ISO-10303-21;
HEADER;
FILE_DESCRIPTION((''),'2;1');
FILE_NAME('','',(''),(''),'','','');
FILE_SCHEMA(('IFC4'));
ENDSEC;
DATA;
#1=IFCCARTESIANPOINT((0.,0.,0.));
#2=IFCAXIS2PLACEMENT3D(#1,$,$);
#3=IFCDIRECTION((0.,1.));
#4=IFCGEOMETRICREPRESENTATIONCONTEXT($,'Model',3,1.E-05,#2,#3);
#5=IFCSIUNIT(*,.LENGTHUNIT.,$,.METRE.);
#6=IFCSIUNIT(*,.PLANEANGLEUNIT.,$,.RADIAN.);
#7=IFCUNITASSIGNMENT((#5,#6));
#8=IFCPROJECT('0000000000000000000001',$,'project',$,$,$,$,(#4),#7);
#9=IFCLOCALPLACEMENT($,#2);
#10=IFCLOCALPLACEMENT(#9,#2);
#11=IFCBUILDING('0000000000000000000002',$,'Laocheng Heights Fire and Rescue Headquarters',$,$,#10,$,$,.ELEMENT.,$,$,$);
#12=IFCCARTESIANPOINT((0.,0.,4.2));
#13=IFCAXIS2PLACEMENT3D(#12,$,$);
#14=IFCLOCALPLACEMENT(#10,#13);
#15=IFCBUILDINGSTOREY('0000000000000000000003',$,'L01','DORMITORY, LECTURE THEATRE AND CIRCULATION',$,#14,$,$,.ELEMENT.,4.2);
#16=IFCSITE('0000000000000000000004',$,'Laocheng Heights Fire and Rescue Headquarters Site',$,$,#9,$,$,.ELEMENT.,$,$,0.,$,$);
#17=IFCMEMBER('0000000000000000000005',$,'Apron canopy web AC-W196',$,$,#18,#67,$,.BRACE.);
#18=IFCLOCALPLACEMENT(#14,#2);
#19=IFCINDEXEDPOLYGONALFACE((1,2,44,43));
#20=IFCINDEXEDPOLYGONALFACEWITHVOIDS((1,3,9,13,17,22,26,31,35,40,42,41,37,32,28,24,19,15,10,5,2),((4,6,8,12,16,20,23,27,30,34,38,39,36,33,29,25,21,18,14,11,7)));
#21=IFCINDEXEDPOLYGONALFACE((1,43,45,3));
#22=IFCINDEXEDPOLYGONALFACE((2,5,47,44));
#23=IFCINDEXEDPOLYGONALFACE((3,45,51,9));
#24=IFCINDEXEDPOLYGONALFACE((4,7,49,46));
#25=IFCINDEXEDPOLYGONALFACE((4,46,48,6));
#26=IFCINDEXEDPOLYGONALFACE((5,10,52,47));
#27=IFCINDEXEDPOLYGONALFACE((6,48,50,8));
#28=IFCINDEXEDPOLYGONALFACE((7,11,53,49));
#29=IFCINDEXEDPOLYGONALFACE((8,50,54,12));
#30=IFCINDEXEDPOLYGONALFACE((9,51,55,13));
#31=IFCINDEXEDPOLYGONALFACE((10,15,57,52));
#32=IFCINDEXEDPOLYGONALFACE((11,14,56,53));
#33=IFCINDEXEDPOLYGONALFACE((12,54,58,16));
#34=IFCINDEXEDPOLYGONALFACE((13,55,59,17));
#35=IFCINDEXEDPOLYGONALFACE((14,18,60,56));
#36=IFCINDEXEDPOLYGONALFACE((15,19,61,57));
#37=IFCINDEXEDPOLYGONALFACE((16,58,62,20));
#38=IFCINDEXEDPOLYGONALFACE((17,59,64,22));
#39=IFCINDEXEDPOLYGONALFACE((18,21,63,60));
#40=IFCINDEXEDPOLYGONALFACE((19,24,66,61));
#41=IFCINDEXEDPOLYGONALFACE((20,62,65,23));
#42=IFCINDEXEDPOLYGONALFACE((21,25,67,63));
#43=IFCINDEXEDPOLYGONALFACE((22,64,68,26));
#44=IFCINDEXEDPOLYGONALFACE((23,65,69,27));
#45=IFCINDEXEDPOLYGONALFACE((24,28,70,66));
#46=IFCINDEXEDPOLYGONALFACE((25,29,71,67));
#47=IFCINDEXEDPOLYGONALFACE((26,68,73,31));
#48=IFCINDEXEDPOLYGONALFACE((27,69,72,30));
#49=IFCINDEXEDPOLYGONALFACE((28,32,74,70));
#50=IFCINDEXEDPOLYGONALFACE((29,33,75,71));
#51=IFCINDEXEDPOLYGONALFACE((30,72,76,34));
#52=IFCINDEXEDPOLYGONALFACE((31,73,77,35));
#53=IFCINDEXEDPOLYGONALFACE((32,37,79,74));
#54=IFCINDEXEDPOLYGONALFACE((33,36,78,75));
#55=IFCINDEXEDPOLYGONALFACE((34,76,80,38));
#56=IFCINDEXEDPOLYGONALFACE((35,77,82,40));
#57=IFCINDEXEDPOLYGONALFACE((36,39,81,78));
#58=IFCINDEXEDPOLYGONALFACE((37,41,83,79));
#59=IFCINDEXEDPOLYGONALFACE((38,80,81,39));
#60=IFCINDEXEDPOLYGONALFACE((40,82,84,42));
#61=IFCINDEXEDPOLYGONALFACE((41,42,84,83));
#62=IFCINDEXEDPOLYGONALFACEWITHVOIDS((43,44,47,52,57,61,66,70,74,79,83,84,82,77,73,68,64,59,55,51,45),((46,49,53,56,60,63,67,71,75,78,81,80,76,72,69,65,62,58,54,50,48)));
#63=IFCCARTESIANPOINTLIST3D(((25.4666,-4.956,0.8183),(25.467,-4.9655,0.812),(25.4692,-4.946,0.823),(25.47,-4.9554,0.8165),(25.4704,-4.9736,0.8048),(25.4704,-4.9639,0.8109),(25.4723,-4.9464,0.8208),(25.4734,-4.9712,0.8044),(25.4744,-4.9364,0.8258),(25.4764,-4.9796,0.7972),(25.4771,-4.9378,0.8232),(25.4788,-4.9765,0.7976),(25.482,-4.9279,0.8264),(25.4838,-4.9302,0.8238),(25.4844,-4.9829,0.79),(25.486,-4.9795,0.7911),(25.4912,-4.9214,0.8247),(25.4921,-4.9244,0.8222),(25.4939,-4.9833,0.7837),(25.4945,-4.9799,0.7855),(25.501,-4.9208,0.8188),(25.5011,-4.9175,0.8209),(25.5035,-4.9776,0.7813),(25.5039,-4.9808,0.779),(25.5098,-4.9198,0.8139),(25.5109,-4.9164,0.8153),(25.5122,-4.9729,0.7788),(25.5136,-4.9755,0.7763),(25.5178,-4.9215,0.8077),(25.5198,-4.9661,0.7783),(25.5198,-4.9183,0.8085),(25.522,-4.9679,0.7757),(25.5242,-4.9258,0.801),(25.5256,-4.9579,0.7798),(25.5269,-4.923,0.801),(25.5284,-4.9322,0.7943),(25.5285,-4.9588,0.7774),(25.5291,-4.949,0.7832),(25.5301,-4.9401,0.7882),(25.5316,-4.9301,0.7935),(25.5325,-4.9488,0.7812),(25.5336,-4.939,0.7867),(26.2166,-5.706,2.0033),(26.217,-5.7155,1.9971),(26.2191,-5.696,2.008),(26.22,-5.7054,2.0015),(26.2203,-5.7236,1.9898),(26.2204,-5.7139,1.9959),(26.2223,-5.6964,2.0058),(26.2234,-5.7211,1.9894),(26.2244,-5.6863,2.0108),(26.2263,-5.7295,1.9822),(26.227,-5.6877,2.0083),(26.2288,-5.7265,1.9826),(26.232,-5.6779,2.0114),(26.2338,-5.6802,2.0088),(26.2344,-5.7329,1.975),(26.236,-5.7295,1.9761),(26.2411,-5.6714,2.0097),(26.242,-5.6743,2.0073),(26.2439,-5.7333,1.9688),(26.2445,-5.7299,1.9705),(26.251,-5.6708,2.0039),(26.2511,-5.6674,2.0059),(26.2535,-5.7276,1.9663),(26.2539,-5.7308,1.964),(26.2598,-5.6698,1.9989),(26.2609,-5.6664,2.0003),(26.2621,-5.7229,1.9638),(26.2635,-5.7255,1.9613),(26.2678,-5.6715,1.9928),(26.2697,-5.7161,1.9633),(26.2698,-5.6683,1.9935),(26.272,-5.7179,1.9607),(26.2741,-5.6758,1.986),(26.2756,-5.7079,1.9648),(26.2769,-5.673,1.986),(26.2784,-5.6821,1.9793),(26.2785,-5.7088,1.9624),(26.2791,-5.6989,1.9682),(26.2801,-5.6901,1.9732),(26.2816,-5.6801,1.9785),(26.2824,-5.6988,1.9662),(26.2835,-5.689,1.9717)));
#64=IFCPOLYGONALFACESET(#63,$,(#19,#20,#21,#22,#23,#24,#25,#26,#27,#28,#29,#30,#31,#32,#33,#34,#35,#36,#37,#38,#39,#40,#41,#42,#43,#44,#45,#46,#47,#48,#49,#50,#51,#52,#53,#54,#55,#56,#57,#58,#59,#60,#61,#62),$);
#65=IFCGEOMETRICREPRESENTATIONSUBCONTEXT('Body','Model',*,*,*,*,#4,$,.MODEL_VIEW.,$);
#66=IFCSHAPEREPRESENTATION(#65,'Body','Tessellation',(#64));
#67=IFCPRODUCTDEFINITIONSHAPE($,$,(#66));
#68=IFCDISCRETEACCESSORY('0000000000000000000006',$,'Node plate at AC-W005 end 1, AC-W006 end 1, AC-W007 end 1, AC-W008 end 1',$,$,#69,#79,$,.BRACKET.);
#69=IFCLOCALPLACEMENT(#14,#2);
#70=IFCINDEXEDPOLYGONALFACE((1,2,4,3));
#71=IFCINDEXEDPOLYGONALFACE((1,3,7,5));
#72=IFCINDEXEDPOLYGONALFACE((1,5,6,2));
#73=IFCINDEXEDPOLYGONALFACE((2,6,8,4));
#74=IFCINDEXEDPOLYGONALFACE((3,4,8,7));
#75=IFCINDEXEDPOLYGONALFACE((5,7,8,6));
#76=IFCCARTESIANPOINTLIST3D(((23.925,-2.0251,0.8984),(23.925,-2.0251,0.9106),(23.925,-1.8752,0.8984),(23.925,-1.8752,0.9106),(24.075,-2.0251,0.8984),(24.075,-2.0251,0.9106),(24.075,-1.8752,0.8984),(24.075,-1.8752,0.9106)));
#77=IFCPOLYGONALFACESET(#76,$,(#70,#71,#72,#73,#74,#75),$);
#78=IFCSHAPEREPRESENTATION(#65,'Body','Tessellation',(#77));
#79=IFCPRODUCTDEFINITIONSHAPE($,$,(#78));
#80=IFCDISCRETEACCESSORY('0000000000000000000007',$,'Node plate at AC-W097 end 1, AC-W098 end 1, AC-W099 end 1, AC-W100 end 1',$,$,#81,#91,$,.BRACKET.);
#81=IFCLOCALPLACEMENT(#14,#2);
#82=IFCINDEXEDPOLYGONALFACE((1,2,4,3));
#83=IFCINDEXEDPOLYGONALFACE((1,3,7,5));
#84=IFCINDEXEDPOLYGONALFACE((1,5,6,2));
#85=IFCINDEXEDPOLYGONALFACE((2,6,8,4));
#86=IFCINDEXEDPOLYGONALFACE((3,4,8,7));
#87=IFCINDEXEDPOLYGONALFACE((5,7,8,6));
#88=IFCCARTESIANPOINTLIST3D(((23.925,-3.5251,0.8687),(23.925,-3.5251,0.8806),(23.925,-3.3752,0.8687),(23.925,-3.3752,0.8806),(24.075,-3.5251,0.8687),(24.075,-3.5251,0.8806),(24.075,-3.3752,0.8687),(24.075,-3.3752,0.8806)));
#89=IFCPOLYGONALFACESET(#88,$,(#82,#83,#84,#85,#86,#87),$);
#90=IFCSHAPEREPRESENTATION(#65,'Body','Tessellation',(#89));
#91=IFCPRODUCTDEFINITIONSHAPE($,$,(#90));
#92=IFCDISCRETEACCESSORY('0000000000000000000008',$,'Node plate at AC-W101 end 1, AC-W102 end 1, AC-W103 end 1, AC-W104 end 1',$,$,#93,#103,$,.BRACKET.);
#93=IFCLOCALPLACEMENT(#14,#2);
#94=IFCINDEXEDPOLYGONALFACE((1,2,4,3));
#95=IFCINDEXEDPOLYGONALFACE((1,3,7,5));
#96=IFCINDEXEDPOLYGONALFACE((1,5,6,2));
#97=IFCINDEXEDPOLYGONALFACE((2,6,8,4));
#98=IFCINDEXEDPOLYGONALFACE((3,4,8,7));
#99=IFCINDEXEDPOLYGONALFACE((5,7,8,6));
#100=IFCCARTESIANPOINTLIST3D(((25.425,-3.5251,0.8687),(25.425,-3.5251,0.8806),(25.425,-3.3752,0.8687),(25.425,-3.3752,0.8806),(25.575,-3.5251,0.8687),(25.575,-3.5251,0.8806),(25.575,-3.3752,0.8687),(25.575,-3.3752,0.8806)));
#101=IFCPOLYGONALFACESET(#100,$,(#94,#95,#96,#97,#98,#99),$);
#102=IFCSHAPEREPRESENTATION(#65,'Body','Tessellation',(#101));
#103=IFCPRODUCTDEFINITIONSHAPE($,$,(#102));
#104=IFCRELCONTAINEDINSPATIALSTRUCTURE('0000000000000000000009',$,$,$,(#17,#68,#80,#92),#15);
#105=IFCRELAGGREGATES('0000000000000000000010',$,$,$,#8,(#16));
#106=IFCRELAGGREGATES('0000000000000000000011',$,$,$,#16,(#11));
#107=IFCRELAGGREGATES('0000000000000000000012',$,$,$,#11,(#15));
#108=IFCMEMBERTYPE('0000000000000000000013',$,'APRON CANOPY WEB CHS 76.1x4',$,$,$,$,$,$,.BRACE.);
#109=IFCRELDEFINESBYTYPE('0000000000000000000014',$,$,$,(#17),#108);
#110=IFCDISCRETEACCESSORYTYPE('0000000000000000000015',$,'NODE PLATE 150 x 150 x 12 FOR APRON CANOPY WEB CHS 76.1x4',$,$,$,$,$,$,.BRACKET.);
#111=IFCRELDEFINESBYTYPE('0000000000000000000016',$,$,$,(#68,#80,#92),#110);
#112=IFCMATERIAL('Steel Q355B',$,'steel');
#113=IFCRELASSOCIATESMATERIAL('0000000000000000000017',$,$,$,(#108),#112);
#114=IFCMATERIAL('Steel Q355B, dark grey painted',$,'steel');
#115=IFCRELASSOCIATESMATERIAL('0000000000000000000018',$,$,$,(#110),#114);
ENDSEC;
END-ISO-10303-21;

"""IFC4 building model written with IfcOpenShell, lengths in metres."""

from ifc_helpers import new_model, si_unit, direction, frame, origin, origin_2d, place, context, subcontext, project, spatial, rectangle, hollow_circle, extrude, material, material_profile, profile_set, type_object, element, save


model = new_model("IFC4")

# Units and contexts
model_context = context("Model", 3, precision=1e-05, world=origin(), true_north=direction((0.0, 1.0)))
body_context = subcontext(model_context, "Body", "Model", "MODEL_VIEW")
ifc_project = project(units=[si_unit("LENGTHUNIT", "METRE"), si_unit("PLANEANGLEUNIT", "RADIAN")], contexts=[model_context])

# Site, building, storey
site_placement = place(None, origin())
site = spatial("IfcSite", under=ifc_project, at=site_placement, Name="Laocheng Heights Fire and Rescue Headquarters Site", CompositionType="ELEMENT", RefElevation=0.0)
building_placement = place(site_placement, origin())
building = spatial("IfcBuilding", under=site, at=building_placement, Name="Laocheng Heights Fire and Rescue Headquarters", CompositionType="ELEMENT")
storey_placement = place(building_placement, frame((0.0, 0.0, 4.2)))
storey = spatial("IfcBuildingStorey", under=building, at=storey_placement, Name="L01", Description="DORMITORY, LECTURE THEATRE AND CIRCULATION", CompositionType="ELEMENT", Elevation=4.2)

# Member
ifc_material_1 = material(Name="Steel Q355B", Category="steel")
ifc_material_profile_1 = material_profile(ifc_material_1, hollow_circle(Radius=0.0381, WallThickness=0.0039, at=origin_2d()), Name="CHS 76.1x4")
ifc_profile_set_1 = profile_set([ifc_material_profile_1], Name="Steel Q355B")
member_type_1 = type_object("IfcMemberType", Name="APRON CANOPY WEB CHS 76.1x4", PredefinedType="BRACE", material=ifc_profile_set_1)
for number, where, z_axis, x_axis, name in (
    (1, (25.5, -4.95, 0.801), (0.47158, -0.47158, 0.745134), (0.707107, 0.707107, 0.0), "Apron canopy web AC-W196"),
):
    element("IfcMember", number, at=place(storey_placement, frame(where, z_axis=z_axis, x_axis=x_axis)), inside=storey, type_object=member_type_1, Name=name, PredefinedType="BRACE", context=body_context, shape_type="SweptSolid", body=[
        extrude(hollow_circle(Radius=0.0381, WallThickness=0.0039, at=origin_2d()), origin(), (0.0, 0.0, 1.0), 1.5903),
    ])

# Discrete accessories
ifc_material_2 = material(Name="Steel Q355B, dark grey painted", Category="steel")
ifc_material_profile_2 = material_profile(ifc_material_2, rectangle(XDim=0.1499, YDim=0.1499, at=origin_2d()), Name="NODE PLATE 150 x 150 x 12 FOR APRON CANOPY WEB CHS 76.1x4")
ifc_profile_set_2 = profile_set([ifc_material_profile_2], Name="Steel Q355B, dark grey painted")
discrete_accessory_type = type_object("IfcDiscreteAccessoryType", Name="NODE PLATE 150 x 150 x 12 FOR APRON CANOPY WEB CHS 76.1x4", PredefinedType="BRACKET", material=ifc_profile_set_2)
discrete_accessory_placement = place(storey_placement, frame((24.0, -1.9502, 0.8984), z_axis=(0.0, 0.0, 1.0), x_axis=(1.0, 0.0, 0.0)))
element("IfcDiscreteAccessory", 2, at=discrete_accessory_placement, inside=storey, type_object=discrete_accessory_type, Name="Node plate at AC-W005 end 1, AC-W006 end 1, AC-W007 end 1, AC-W008 end 1", PredefinedType="BRACKET", context=body_context, shape_type="SweptSolid", body=[
    extrude(rectangle(XDim=0.1499, YDim=0.1499, at=origin_2d()), origin(), (0.0, 0.0, 1.0), 0.0122),
])
for number, where, z_axis, x_axis, name in (
    (3, (24.0, -3.4502, 0.8687), (0.0, 0.0, 1.0), (1.0, 0.0, 0.0), "Node plate at AC-W097 end 1, AC-W098 end 1, AC-W099 end 1, AC-W100 end 1"),
    (4, (25.5, -3.4502, 0.8687), (0.0, 0.0, 1.0), (1.0, 0.0, 0.0), "Node plate at AC-W101 end 1, AC-W102 end 1, AC-W103 end 1, AC-W104 end 1"),
):
    element("IfcDiscreteAccessory", number, at=place(storey_placement, frame(where, z_axis=z_axis, x_axis=x_axis)), inside=storey, type_object=discrete_accessory_type, Name=name, PredefinedType="BRACKET", context=body_context, shape_type="SweptSolid", body=[
        extrude(rectangle(XDim=0.1499, YDim=0.1499, at=origin_2d()), origin(), (0.0, 0.0, 1.0), 0.012),
    ])

save(model, "model.ifc")
